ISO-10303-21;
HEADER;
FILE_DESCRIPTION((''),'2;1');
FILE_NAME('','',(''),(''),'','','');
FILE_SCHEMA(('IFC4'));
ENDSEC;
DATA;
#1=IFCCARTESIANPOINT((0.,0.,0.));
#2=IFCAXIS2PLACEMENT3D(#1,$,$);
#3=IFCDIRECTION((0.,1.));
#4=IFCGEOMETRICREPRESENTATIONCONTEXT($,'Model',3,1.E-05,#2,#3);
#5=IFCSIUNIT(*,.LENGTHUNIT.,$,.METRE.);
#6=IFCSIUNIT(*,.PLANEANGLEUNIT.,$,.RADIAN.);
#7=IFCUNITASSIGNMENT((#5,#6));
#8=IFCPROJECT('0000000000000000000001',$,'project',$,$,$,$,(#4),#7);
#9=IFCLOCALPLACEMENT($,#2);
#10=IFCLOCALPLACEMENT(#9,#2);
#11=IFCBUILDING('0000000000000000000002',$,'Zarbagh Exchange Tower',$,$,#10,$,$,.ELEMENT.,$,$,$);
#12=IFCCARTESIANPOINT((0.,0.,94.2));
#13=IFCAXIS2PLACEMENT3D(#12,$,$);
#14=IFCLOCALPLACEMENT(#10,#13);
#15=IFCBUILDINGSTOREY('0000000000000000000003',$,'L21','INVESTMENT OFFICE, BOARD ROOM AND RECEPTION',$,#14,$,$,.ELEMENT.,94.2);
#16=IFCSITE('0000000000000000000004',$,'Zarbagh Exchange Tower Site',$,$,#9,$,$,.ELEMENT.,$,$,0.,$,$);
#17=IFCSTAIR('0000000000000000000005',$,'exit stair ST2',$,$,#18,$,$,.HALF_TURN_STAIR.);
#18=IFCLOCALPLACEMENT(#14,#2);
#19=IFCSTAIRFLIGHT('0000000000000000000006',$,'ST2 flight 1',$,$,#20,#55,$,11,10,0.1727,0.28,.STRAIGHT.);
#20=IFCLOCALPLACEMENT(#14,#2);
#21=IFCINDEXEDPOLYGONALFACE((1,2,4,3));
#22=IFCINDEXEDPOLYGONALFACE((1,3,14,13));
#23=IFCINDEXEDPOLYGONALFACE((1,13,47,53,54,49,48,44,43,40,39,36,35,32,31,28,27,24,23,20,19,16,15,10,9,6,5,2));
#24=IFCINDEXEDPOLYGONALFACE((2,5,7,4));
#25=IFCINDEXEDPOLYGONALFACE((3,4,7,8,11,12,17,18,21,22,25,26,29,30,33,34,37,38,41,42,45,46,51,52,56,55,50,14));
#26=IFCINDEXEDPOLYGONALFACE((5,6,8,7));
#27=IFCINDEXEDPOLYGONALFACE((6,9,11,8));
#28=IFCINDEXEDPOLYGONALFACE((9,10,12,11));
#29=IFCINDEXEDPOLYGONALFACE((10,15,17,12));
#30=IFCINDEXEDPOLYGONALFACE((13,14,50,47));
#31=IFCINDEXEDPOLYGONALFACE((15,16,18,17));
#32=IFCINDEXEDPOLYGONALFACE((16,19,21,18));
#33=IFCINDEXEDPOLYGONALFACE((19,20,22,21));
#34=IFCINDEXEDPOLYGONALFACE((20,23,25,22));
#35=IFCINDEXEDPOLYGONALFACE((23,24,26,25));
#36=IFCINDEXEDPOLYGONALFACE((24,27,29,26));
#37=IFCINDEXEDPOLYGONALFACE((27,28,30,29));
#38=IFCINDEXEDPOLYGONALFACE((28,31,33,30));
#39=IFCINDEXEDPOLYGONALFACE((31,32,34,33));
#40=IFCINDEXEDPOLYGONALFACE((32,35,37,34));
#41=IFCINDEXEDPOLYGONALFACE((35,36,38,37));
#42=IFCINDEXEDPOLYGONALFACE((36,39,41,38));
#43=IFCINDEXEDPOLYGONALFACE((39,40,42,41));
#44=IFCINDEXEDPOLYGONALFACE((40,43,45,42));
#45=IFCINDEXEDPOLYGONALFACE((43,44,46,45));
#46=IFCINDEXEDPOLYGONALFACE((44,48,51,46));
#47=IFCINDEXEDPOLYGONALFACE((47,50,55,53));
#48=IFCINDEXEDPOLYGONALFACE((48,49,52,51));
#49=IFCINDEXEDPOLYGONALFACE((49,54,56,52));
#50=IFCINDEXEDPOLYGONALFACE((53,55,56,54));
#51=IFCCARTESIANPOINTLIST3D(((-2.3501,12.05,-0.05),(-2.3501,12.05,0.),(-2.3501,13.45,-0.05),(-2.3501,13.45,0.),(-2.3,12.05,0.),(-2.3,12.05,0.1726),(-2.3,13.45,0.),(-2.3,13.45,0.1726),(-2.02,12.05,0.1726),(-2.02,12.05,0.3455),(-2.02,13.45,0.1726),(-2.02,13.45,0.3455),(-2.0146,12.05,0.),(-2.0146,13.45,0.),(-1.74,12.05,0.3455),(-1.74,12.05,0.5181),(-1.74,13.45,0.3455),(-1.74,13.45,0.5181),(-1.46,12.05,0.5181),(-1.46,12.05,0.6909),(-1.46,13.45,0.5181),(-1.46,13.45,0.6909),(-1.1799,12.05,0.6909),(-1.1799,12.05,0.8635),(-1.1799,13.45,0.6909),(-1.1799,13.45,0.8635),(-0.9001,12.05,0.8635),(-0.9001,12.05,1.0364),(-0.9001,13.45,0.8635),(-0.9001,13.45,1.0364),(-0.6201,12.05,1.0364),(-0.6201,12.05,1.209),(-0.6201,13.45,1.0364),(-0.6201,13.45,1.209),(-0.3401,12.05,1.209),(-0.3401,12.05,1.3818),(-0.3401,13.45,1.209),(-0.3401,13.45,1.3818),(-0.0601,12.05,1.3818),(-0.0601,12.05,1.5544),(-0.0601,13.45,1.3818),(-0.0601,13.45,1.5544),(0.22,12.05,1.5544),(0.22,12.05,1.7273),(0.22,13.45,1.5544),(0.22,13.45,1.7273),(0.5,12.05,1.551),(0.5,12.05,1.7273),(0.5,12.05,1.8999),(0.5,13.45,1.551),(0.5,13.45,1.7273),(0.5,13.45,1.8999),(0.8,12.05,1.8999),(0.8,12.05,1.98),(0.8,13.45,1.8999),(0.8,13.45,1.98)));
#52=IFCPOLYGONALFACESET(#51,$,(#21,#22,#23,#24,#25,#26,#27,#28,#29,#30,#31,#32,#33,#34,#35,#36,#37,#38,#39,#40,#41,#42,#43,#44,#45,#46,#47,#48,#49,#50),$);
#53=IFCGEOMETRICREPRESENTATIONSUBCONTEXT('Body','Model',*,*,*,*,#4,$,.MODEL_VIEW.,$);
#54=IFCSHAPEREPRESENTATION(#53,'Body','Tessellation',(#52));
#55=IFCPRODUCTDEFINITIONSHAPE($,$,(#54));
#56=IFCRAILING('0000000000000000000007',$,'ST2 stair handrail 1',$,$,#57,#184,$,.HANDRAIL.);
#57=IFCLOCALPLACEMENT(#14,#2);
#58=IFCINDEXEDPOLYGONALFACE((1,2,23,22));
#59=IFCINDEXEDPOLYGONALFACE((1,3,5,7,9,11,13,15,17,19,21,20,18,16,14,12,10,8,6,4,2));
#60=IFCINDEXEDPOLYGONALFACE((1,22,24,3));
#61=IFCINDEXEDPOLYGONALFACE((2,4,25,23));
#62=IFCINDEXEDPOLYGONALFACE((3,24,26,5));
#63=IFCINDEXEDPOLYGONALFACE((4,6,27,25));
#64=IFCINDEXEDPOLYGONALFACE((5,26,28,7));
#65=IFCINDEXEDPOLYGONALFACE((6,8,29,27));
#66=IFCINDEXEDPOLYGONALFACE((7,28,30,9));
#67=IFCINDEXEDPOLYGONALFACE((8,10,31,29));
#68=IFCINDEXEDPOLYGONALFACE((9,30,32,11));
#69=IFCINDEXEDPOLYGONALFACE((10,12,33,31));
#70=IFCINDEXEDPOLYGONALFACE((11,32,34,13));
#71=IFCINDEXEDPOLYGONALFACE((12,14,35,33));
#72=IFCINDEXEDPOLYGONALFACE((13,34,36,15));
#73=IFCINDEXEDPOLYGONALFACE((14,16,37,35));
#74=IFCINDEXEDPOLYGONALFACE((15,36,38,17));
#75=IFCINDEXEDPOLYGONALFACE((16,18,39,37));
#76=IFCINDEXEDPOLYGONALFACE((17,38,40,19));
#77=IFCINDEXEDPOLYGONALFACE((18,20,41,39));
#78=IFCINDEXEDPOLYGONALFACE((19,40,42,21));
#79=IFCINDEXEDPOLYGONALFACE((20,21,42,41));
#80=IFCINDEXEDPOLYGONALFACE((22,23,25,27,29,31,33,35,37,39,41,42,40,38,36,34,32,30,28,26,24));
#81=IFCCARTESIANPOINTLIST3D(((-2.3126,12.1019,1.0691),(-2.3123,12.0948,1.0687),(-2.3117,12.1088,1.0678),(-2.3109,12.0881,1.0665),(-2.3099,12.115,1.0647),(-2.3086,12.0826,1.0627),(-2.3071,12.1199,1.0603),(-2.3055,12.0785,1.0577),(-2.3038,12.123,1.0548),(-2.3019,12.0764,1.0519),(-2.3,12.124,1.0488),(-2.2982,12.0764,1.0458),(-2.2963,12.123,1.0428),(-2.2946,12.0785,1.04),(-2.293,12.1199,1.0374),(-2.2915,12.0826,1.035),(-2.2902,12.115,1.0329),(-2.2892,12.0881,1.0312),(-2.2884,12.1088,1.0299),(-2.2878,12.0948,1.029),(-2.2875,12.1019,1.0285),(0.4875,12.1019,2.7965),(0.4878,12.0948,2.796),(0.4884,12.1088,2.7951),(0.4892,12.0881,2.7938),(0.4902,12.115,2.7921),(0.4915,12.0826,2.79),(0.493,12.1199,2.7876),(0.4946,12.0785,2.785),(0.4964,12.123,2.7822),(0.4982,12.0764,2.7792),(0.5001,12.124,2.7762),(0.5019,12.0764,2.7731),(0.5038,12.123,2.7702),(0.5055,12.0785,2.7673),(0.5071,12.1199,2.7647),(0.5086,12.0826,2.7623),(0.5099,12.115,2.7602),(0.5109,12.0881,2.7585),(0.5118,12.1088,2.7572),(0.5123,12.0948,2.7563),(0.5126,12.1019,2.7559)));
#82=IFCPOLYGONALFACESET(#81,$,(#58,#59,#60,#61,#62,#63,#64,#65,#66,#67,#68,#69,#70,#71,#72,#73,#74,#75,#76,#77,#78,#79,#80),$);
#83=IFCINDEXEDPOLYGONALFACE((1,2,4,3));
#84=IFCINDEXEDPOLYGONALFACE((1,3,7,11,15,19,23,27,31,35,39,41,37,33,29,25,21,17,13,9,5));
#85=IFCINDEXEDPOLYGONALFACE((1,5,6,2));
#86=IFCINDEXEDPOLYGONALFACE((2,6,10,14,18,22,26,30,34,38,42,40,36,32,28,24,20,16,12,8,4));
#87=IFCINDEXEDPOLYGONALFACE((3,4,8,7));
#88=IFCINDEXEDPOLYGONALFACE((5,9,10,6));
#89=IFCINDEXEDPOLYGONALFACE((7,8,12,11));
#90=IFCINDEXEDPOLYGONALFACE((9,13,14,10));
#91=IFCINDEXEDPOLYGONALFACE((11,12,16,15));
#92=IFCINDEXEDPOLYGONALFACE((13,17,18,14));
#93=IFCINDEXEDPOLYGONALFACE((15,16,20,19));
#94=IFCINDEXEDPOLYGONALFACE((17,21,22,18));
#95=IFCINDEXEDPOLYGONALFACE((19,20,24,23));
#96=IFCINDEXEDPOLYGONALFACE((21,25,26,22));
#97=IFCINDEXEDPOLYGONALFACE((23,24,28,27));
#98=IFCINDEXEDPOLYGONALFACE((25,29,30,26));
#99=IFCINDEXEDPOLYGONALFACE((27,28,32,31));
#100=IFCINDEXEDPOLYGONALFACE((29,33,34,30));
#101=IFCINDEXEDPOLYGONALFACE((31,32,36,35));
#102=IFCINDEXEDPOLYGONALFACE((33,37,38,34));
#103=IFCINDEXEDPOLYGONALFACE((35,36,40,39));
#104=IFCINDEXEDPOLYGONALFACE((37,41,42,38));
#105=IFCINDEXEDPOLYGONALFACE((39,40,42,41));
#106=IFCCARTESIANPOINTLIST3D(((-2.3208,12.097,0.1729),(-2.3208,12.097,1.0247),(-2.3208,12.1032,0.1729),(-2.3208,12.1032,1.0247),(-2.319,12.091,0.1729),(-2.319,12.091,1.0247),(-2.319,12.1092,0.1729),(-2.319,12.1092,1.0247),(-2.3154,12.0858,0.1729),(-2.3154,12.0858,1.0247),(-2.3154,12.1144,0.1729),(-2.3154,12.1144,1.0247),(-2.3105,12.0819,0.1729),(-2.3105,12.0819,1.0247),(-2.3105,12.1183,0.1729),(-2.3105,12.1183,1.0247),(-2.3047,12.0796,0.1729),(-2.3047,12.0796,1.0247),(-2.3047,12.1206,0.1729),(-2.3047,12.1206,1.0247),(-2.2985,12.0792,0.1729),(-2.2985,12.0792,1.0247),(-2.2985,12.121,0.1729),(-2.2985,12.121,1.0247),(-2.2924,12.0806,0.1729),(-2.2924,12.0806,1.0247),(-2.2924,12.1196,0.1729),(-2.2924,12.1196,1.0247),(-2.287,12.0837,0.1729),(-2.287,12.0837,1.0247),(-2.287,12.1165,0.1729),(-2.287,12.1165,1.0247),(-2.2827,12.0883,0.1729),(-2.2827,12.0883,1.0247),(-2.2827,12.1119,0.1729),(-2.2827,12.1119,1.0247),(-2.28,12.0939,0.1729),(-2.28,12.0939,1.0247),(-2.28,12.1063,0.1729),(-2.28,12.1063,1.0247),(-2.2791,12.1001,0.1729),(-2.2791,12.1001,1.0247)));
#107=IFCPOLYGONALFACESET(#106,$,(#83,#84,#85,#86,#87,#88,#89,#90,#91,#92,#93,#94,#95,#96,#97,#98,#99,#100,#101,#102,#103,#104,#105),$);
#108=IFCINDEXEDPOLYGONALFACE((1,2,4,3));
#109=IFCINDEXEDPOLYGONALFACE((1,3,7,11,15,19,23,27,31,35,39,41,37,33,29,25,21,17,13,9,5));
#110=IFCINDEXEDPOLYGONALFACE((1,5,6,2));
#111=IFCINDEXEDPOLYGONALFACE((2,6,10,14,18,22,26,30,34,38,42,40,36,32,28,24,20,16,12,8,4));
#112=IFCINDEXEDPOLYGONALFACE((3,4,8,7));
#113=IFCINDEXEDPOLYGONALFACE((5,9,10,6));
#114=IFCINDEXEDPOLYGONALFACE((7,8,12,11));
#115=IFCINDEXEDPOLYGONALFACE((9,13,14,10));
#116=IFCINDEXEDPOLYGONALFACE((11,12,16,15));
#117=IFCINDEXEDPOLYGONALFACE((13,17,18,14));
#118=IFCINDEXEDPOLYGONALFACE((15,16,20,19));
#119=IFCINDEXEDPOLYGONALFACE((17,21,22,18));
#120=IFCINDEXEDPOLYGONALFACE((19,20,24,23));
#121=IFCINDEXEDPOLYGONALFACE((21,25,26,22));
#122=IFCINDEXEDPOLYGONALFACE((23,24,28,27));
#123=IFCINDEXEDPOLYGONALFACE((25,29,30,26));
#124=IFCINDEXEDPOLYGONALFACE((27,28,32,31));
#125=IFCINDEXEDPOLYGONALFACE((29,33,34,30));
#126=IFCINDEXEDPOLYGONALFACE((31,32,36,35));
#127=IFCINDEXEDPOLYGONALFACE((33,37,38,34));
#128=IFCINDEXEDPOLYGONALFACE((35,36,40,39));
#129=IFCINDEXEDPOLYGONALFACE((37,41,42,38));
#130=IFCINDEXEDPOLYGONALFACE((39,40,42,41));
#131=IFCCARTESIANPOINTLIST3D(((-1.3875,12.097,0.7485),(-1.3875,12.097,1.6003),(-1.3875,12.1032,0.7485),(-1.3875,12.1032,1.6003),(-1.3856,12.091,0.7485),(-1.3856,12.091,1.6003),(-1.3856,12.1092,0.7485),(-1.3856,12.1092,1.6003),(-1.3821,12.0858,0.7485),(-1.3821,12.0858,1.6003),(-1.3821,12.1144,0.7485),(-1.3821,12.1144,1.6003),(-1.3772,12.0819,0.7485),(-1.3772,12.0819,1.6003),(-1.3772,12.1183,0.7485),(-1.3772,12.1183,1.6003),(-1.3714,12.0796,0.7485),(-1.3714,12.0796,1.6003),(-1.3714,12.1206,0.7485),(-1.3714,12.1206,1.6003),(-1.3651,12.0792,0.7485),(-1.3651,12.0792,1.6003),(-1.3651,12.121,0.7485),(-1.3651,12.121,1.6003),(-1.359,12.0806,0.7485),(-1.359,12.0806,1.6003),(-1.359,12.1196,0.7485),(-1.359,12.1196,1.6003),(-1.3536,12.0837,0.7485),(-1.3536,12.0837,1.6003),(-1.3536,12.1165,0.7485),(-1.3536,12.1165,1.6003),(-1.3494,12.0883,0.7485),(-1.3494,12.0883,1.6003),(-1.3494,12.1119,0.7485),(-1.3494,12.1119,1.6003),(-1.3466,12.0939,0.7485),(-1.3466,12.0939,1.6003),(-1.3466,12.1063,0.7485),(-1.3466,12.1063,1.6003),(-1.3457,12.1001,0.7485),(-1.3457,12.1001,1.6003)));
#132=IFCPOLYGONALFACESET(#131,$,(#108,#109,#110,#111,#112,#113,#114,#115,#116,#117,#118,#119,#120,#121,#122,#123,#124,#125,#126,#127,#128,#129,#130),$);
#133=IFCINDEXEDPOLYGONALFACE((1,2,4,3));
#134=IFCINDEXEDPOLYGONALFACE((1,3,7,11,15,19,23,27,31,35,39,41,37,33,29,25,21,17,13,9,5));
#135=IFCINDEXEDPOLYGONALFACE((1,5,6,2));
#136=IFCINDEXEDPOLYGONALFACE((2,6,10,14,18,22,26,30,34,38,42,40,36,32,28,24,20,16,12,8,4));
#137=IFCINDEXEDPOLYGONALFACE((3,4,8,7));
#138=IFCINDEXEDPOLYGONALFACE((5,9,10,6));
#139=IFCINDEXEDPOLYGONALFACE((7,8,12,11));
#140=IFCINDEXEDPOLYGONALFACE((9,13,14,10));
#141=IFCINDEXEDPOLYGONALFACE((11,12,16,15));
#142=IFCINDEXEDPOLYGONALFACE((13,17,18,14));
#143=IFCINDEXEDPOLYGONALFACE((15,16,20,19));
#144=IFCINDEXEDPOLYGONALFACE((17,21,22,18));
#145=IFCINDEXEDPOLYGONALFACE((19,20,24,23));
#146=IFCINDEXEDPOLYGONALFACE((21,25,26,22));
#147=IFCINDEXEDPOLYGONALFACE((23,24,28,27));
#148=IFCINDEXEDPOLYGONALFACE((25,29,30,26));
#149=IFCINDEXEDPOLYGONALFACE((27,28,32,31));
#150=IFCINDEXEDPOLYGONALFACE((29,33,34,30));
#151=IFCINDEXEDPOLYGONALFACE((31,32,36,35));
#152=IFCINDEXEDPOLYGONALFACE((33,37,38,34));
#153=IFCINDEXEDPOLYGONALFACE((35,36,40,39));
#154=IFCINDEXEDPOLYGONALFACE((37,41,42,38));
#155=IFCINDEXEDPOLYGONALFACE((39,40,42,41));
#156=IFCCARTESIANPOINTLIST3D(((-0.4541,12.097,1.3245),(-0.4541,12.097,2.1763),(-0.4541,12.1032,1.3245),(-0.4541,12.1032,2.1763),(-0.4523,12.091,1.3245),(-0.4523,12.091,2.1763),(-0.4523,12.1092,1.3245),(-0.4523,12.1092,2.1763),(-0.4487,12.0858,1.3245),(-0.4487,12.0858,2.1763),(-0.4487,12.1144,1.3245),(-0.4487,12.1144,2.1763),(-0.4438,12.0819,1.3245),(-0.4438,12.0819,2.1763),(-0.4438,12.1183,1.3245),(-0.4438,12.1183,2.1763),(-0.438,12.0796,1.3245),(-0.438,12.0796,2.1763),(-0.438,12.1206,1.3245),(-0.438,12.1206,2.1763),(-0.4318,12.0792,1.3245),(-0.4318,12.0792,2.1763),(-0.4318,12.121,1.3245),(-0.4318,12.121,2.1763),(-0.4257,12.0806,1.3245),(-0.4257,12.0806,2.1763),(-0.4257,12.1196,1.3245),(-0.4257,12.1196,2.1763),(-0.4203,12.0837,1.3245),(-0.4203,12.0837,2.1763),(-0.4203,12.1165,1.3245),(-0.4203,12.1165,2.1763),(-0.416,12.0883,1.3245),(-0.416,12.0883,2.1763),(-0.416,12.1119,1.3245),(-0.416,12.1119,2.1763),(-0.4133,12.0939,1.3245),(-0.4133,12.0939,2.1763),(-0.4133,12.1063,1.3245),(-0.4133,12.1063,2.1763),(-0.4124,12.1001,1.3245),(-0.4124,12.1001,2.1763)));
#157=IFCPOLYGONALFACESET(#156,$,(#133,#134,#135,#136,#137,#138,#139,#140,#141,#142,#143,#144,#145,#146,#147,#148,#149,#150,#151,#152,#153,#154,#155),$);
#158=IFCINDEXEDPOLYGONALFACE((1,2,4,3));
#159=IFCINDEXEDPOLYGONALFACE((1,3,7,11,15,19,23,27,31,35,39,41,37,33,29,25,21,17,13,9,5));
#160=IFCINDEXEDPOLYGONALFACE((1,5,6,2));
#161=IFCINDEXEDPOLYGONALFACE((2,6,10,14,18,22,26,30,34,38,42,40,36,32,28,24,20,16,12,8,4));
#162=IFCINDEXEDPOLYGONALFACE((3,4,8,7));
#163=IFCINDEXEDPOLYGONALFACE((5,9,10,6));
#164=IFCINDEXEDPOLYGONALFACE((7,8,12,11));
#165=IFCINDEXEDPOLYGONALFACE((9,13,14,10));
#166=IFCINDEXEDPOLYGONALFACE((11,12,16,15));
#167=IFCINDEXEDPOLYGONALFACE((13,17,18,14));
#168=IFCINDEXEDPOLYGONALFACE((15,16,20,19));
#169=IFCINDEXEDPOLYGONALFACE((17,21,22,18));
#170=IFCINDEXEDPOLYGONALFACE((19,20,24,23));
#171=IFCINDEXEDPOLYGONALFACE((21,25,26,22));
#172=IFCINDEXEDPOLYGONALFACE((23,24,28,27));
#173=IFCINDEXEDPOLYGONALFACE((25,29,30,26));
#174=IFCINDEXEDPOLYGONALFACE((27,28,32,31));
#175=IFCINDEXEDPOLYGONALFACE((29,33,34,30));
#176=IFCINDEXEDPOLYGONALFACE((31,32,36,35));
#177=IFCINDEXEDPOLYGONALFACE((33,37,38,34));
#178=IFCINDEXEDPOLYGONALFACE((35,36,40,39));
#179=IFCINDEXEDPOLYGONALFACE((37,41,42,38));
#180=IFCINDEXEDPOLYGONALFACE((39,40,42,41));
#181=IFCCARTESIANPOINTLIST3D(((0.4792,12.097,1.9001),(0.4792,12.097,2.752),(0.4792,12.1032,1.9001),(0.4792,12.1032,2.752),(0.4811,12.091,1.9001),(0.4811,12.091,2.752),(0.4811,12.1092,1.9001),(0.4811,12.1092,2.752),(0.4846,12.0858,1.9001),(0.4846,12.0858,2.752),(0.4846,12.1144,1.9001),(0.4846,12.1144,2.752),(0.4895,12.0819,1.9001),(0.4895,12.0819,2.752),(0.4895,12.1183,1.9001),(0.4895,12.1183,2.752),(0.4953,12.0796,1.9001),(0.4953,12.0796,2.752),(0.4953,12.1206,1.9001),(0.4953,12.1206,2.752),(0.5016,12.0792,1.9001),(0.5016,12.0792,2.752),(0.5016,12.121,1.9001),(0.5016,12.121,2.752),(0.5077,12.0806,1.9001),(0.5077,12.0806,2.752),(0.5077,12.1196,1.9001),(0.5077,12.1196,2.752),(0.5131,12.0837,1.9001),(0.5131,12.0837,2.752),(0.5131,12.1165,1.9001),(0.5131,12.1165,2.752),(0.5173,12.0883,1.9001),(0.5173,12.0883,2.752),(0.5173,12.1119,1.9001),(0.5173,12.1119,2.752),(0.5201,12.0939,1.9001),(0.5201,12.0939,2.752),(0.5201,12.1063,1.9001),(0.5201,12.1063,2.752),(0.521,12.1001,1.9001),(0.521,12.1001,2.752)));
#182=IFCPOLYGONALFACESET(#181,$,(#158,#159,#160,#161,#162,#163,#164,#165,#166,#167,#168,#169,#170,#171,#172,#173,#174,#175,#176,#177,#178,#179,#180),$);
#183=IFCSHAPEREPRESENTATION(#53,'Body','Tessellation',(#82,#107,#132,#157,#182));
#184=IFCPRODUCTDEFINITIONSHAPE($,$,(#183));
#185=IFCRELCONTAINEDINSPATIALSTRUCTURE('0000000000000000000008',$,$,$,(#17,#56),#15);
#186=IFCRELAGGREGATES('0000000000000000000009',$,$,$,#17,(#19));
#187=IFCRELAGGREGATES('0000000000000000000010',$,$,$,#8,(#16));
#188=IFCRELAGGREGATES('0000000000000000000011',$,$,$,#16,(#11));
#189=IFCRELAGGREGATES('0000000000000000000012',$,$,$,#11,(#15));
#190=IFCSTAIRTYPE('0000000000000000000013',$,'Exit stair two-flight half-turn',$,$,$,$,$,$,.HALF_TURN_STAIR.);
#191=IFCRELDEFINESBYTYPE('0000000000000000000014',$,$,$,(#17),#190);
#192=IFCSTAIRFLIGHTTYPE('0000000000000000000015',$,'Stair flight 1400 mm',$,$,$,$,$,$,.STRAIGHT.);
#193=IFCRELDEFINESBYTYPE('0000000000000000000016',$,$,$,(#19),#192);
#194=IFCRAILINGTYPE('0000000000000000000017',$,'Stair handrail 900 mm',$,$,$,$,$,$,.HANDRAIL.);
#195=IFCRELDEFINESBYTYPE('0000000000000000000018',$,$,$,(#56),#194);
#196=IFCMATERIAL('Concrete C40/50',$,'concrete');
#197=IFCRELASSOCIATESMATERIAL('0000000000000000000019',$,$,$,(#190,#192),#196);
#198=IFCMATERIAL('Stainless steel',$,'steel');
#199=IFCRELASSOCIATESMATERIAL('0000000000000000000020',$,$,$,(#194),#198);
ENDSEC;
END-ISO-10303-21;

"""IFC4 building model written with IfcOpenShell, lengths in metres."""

from ifc_helpers import new_model, si_unit, direction, frame, origin, origin_2d, place, context, subcontext, project, spatial, polyline, circle, outline, extrude, material, type_object, element, aggregate, save


model = new_model("IFC4")

# Units and contexts
model_context = context("Model", 3, precision=1e-05, world=origin(), true_north=direction((0.0, 1.0)))
body_context = subcontext(model_context, "Body", "Model", "MODEL_VIEW")
ifc_project = project(units=[si_unit("LENGTHUNIT", "METRE"), si_unit("PLANEANGLEUNIT", "RADIAN")], contexts=[model_context])

# Site, building, storey
site_placement = place(None, origin())
site = spatial("IfcSite", under=ifc_project, at=site_placement, Name="Zarbagh Exchange Tower Site", CompositionType="ELEMENT", RefElevation=0.0)
building_placement = place(site_placement, origin())
building = spatial("IfcBuilding", under=site, at=building_placement, Name="Zarbagh Exchange Tower", CompositionType="ELEMENT")
storey_placement = place(building_placement, frame((0.0, 0.0, 94.2)))
storey = spatial("IfcBuildingStorey", under=building, at=storey_placement, Name="L21", Description="INVESTMENT OFFICE, BOARD ROOM AND RECEPTION", CompositionType="ELEMENT", Elevation=94.2)

# Shared definitions
ifc_material_1 = material(Name="Concrete C40/50", Category="concrete")

# Stair, stair flight
stair_type = type_object("IfcStairType", Name="Exit stair two-flight half-turn", PredefinedType="HALF_TURN_STAIR", material=ifc_material_1)
stair_placement = place(storey_placement, origin())
stair = element("IfcStair", 1, at=stair_placement, inside=storey, type_object=stair_type, Name="exit stair ST2", PredefinedType="HALF_TURN_STAIR")
stair_flight_type = type_object("IfcStairFlightType", Name="Stair flight 1400 mm", PredefinedType="STRAIGHT", material=ifc_material_1)
stair_flight_placement = place(storey_placement, frame((-2.3, 12.75, 0.0), z_axis=(0.0, 0.0, 1.0), x_axis=(1.0, 0.0, 0.0)))
stair_flight = element("IfcStairFlight", 2, at=stair_flight_placement, type_object=stair_flight_type, Name="ST2 flight 1", NumberOfRisers=11, NumberOfTreads=10, PredefinedType="STRAIGHT", RiserHeight=0.1727, TreadLength=0.28, context=body_context, shape_type="SweptSolid", body=[
    extrude(outline(polyline([(-0.05, -0.05), (-0.05, 0.0), (0.0, 0.0), (0.0, 0.1726), (0.28, 0.1726), (0.28, 0.3455), (0.5601, 0.3455), (0.5601, 0.5181), (0.8401, 0.5181), (0.8401, 0.6909), (1.1201, 0.6909), (1.1201, 0.8635), (1.3999, 0.8635), (1.3999, 1.0364), (1.6799, 1.0364), (1.6799, 1.209), (1.96, 1.209), (1.96, 1.3818), (2.24, 1.3818), (2.24, 1.5544), (2.52, 1.5544), (2.52, 1.7273), (2.8, 1.7273), (2.8, 1.8999), (3.1001, 1.98), (3.1001, 1.8999), (2.8, 1.551), (0.2854, 0.0), (-0.05, -0.05)])), frame((0.0, 0.7, 0.0), z_axis=(0.0, -1.0, 0.0), x_axis=(1.0, 0.0, 0.0)), (0.0, 0.0, 1.0), 1.3999),
])
aggregate(stair, [stair_flight])

# Railing
ifc_material_2 = material(Name="Stainless steel", Category="steel")
railing_type_1 = type_object("IfcRailingType", Name="Stair handrail 900 mm", PredefinedType="HANDRAIL", material=ifc_material_2)
railing_1_placement = place(storey_placement, frame((-2.3, 12.1001, 0.1729)))
element("IfcRailing", 3, at=railing_1_placement, inside=storey, type_object=railing_type_1, Name="ST2 stair handrail 1", PredefinedType="HANDRAIL", context=body_context, shape_type="SweptSolid", body=[
    extrude(circle(Radius=0.0239, at=origin_2d()), frame((0.0, 0.0, 0.876), z_axis=(0.85109, 0.0, 0.52502), x_axis=(0.0, 1.0, 0.0)), (0.0, 0.0, 1.0), 3.29),
    extrude(circle(Radius=0.021, at=origin_2d()), origin(), (0.0, 0.0, 1.0), 0.8518),
    extrude(circle(Radius=0.021, at=origin_2d()), frame((0.9333, 0.0, 0.5757)), (0.0, 0.0, 1.0), 0.8518),
    extrude(circle(Radius=0.021, at=origin_2d()), frame((1.8667, 0.0, 1.1516)), (0.0, 0.0, 1.0), 0.8518),
    extrude(circle(Radius=0.021, at=origin_2d()), frame((2.8, 0.0, 1.7273)), (0.0, 0.0, 1.0), 0.8518),
])

save(model, "model.ifc")
